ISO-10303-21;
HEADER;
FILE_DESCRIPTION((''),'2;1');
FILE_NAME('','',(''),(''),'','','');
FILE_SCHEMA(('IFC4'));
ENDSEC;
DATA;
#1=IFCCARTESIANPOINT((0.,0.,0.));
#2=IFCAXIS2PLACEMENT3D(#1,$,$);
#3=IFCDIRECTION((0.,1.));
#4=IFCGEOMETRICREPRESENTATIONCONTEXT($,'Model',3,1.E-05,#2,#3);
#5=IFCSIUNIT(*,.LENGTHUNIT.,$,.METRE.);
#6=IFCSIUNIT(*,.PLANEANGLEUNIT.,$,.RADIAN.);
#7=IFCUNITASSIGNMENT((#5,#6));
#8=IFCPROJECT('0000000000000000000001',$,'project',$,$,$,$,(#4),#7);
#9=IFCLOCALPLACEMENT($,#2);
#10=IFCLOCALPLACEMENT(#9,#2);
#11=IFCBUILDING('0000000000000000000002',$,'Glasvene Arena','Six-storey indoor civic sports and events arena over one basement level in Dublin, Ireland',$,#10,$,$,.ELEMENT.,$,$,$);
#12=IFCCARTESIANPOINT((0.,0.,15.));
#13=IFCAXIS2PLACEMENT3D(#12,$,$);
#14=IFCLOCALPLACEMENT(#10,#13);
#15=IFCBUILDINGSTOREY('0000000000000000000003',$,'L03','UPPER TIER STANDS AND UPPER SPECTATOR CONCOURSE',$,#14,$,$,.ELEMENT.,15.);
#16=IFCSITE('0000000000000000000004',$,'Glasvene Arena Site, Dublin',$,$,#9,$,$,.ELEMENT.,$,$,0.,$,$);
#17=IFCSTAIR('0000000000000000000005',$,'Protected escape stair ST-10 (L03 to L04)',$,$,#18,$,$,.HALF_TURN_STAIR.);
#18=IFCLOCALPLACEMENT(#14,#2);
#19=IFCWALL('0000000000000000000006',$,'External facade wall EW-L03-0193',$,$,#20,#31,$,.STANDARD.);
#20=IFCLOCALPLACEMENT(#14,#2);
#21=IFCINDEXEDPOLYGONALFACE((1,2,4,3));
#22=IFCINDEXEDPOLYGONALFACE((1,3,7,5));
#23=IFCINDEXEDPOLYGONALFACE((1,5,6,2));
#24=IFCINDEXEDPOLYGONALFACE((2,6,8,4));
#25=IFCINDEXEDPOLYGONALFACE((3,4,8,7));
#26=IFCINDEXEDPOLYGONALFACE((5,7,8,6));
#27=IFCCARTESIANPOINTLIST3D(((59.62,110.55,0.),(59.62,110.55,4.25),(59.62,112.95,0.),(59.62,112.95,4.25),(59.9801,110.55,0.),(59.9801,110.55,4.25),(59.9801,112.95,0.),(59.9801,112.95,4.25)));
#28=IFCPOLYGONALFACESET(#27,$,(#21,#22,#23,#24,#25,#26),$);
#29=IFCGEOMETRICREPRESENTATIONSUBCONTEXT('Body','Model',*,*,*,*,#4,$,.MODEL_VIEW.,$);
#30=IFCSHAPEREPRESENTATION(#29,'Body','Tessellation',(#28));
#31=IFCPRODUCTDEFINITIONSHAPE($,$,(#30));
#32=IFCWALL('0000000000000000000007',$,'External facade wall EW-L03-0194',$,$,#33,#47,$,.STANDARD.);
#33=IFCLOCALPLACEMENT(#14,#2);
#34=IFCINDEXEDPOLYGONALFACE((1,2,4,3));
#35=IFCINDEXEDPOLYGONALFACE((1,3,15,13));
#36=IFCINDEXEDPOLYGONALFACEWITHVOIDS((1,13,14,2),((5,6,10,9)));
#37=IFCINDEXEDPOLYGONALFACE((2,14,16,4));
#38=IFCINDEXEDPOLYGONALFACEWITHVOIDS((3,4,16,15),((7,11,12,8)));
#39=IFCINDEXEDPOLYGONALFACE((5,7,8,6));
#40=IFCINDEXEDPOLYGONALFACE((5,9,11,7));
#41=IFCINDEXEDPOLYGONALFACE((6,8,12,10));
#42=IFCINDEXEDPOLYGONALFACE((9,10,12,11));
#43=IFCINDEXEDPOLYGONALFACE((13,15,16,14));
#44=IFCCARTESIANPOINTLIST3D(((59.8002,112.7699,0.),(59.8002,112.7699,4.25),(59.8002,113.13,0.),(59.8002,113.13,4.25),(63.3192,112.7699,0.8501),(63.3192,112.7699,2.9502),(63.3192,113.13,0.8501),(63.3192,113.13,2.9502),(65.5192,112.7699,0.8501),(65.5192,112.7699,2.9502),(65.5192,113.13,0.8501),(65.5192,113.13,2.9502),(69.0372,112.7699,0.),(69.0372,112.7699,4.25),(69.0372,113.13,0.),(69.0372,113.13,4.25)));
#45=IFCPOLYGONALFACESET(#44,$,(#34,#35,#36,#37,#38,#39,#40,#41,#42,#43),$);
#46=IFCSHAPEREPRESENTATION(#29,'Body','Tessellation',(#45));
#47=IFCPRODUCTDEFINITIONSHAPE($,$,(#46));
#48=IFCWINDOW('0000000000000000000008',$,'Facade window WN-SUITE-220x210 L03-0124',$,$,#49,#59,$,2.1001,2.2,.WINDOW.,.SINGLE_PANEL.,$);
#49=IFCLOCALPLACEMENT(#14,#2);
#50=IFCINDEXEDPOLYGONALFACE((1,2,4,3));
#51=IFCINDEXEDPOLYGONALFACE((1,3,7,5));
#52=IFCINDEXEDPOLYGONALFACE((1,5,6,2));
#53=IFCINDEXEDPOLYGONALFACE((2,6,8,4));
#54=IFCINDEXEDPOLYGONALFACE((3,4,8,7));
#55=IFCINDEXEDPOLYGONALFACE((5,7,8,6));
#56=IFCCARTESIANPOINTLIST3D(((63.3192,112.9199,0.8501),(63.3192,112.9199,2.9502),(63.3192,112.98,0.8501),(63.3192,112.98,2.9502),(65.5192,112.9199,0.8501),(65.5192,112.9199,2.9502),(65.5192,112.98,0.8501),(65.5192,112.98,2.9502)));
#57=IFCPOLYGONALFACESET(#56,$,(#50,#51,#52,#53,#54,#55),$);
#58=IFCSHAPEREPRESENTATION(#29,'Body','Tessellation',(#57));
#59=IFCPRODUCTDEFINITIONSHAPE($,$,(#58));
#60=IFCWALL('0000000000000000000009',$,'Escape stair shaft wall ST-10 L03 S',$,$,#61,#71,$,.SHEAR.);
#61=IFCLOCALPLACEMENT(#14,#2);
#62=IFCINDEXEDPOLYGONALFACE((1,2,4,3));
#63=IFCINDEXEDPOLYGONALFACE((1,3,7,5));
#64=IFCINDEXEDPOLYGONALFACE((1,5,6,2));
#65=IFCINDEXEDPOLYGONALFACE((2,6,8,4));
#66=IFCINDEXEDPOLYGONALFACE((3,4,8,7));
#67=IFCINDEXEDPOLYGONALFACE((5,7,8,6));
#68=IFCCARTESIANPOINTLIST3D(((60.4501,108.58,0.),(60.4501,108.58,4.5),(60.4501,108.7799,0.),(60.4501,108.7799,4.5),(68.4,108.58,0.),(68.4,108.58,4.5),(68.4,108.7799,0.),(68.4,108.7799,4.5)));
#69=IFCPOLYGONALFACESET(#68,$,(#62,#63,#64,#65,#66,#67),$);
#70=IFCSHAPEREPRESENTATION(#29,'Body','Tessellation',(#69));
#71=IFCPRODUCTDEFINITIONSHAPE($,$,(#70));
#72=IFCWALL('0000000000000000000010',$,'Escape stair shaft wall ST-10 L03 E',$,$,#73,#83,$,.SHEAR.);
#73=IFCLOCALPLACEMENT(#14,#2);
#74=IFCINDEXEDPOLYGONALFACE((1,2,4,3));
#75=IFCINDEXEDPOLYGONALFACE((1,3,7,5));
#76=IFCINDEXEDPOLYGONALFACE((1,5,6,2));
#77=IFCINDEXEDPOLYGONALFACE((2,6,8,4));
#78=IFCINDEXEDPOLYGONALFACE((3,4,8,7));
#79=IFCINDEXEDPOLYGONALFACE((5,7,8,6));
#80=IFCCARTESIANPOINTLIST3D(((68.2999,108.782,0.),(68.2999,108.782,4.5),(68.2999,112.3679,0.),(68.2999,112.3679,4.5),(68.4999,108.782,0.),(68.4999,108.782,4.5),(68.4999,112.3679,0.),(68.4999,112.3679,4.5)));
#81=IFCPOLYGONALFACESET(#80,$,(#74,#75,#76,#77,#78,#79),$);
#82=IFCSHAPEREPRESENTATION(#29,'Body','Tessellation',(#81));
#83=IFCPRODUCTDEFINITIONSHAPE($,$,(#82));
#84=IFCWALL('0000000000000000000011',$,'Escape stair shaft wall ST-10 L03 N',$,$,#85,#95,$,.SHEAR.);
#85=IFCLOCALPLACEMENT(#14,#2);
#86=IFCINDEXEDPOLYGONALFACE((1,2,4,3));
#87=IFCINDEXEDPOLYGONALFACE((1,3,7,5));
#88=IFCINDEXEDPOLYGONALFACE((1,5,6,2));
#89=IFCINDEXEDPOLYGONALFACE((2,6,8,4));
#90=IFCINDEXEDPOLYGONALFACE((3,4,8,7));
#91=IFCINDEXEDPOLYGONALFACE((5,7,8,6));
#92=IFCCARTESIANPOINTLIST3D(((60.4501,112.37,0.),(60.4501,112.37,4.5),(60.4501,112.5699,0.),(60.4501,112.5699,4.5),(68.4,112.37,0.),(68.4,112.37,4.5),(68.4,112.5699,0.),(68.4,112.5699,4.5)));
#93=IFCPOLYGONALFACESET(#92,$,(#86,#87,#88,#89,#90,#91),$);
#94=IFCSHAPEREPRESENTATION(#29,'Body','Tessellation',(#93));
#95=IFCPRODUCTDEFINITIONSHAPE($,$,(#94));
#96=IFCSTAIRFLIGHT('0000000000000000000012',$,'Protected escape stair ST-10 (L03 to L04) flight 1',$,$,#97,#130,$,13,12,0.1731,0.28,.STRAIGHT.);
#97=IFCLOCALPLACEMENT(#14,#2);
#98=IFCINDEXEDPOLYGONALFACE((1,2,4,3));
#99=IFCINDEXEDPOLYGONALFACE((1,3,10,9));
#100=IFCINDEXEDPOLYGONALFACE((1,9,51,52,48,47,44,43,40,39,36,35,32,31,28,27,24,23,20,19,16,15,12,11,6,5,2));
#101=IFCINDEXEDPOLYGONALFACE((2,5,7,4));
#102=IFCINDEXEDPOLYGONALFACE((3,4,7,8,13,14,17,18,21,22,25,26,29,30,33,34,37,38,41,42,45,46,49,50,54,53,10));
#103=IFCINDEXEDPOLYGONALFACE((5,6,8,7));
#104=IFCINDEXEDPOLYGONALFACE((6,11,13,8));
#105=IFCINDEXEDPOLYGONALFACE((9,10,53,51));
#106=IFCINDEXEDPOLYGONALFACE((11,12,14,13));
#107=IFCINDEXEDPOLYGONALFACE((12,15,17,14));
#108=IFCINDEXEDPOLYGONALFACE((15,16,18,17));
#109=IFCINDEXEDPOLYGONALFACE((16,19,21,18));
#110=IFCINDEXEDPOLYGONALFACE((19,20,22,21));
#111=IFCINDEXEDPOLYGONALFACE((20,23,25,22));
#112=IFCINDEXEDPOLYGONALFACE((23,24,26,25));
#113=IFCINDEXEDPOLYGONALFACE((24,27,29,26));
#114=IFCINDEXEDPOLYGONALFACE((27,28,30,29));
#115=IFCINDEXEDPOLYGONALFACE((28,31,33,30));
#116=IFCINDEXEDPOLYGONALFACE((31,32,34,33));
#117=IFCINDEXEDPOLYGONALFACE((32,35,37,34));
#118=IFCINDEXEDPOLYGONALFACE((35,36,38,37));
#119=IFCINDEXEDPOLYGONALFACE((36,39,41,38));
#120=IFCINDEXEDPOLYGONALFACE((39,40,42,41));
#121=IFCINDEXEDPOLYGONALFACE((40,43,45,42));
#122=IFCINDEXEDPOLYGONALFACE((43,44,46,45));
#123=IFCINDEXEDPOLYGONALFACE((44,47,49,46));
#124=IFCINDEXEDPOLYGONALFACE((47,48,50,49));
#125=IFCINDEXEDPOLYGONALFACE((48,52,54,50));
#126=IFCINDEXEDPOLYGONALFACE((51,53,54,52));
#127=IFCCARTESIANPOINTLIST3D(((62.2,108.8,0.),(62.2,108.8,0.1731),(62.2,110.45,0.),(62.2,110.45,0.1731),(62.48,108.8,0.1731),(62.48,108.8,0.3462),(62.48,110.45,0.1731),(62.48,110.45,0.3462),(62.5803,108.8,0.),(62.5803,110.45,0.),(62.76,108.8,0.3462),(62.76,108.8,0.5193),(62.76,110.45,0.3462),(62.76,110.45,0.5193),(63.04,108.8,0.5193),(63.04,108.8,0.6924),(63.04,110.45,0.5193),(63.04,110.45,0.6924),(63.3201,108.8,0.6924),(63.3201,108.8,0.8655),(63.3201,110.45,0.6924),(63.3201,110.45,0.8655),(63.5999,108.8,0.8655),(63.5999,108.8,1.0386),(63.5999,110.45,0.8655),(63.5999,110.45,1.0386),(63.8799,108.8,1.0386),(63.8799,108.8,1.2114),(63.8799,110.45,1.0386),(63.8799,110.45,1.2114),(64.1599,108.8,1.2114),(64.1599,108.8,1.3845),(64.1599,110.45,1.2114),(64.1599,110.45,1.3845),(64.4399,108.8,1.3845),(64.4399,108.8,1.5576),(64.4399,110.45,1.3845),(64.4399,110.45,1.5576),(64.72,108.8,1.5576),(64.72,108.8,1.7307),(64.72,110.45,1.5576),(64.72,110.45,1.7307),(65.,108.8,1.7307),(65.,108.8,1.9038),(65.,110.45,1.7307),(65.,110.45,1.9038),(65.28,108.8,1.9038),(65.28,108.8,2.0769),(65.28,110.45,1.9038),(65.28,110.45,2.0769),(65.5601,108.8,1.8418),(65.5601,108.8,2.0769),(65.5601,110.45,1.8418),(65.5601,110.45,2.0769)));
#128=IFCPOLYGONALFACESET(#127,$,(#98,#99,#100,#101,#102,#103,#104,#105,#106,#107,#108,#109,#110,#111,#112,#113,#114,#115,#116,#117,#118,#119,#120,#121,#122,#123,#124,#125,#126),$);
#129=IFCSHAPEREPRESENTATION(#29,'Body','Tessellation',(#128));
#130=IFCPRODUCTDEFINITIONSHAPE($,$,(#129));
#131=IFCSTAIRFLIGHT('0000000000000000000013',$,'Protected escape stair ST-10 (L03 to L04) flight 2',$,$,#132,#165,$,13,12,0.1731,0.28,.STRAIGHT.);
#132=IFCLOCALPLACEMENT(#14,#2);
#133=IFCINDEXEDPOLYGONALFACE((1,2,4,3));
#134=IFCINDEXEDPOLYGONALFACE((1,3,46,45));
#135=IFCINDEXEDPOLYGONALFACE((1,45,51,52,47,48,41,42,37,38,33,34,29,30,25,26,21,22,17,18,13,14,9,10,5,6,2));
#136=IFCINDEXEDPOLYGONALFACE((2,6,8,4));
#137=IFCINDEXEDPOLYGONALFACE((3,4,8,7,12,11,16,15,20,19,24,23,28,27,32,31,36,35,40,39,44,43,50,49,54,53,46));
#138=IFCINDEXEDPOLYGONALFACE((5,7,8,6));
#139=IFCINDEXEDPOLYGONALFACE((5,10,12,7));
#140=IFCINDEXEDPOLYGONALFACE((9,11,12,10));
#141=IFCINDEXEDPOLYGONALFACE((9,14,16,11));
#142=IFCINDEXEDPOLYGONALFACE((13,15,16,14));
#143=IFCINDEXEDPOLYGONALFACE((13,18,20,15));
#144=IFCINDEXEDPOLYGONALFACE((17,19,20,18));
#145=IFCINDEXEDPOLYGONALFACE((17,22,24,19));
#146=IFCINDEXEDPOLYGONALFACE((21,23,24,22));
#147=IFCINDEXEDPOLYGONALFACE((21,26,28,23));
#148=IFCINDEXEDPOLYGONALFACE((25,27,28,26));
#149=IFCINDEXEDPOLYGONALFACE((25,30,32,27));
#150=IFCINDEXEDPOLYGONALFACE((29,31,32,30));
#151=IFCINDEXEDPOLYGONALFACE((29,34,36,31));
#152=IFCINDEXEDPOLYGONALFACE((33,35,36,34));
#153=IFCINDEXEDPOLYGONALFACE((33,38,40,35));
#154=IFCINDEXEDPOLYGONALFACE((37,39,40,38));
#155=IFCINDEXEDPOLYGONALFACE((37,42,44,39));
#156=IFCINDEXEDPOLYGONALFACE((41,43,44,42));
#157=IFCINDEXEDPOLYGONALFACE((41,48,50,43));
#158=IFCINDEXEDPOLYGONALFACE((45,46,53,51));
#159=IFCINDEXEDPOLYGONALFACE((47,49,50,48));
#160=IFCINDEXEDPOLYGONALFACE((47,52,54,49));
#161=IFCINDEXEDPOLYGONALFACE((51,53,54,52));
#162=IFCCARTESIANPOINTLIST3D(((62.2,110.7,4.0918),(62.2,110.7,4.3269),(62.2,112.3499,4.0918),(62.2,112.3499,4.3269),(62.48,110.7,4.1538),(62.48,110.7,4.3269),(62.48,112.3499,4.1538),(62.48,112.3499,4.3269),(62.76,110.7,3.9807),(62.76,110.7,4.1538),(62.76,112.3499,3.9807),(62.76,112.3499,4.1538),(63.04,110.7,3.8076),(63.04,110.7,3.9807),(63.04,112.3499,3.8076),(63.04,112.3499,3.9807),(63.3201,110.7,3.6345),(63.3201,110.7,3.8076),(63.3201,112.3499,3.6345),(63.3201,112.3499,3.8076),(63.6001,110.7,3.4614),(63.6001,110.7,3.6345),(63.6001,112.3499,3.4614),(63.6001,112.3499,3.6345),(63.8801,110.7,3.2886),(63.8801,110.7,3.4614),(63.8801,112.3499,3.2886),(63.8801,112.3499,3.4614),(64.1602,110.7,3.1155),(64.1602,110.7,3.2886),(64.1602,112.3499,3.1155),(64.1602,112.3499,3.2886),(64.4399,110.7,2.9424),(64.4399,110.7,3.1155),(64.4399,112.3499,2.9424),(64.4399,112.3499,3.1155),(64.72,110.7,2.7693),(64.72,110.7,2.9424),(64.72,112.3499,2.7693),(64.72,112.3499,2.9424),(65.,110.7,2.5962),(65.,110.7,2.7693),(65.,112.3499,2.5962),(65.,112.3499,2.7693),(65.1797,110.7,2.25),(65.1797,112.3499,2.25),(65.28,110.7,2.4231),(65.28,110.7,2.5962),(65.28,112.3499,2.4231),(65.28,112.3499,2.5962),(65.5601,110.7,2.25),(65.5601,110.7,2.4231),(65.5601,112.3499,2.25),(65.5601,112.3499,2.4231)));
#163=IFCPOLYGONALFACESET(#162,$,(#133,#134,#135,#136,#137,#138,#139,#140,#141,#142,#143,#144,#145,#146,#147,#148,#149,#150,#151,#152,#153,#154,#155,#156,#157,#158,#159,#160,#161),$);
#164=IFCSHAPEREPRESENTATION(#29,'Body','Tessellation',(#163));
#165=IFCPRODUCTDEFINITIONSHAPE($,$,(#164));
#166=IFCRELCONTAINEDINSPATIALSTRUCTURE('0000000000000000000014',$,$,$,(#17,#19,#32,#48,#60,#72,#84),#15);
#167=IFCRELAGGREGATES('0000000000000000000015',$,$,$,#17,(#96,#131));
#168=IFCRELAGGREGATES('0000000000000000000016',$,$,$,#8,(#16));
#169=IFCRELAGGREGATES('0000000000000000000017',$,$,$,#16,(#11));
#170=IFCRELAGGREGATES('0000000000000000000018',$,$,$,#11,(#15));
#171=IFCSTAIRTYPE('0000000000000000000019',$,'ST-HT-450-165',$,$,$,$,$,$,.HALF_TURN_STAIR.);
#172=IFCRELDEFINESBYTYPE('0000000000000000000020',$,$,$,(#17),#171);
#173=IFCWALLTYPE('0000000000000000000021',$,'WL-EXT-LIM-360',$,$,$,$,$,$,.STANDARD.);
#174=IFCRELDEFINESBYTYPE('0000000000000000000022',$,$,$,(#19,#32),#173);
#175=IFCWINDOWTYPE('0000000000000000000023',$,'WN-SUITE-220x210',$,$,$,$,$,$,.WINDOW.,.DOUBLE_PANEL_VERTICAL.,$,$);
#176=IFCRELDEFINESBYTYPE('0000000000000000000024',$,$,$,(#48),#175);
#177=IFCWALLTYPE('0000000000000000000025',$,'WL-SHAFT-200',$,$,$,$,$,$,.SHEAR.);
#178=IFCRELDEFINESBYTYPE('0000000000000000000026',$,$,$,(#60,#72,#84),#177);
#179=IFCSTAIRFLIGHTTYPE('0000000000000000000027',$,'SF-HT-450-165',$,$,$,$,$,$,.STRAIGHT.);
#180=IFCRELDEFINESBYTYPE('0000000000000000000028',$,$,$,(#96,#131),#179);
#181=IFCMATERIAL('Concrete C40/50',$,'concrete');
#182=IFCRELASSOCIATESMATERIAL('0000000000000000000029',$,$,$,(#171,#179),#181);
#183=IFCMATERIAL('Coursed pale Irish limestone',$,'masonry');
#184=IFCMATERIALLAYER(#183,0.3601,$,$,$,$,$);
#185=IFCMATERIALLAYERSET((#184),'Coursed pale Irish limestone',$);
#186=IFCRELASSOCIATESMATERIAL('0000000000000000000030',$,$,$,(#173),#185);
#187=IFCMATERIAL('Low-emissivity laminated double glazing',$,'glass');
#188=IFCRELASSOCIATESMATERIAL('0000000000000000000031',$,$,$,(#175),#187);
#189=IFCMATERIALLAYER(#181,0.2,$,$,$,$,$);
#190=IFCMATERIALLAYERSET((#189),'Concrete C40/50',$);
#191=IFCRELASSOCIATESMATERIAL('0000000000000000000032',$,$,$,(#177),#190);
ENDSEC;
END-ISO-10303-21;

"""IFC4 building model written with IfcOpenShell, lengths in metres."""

from ifc_helpers import new_model, si_unit, direction, frame, frame_2d, origin, place, context, subcontext, project, spatial, polyline, rectangle, outline, extrude, material, layer, layer_set, type_object, element, fill, aggregate, save


model = new_model("IFC4")

# Units and contexts
model_context = context("Model", 3, precision=1e-05, world=origin(), true_north=direction((0.0, 1.0)))
body_context = subcontext(model_context, "Body", "Model", "MODEL_VIEW")
ifc_project = project(units=[si_unit("LENGTHUNIT", "METRE"), si_unit("PLANEANGLEUNIT", "RADIAN")], contexts=[model_context])

# Site, building, storey
site_placement = place(None, origin())
site = spatial("IfcSite", under=ifc_project, at=site_placement, Name="Glasvene Arena Site, Dublin", CompositionType="ELEMENT", RefElevation=0.0)
building_placement = place(site_placement, origin())
building = spatial("IfcBuilding", under=site, at=building_placement, Name="Glasvene Arena", Description="Six-storey indoor civic sports and events arena over one basement level in Dublin, Ireland", CompositionType="ELEMENT")
storey_placement = place(building_placement, frame((0.0, 0.0, 15.0)))
storey = spatial("IfcBuildingStorey", under=building, at=storey_placement, Name="L03", Description="UPPER TIER STANDS AND UPPER SPECTATOR CONCOURSE", CompositionType="ELEMENT", Elevation=15.0)

# Shared definitions
ifc_material_1 = material(Name="Low-emissivity laminated double glazing", Category="glass")

# Stair
ifc_material_2 = material(Name="Concrete C40/50", Category="concrete")
stair_type = type_object("IfcStairType", Name="ST-HT-450-165", PredefinedType="HALF_TURN_STAIR", material=ifc_material_2)
stair_placement = place(storey_placement, origin())
stair = element("IfcStair", 1, at=stair_placement, inside=storey, type_object=stair_type, Name="Protected escape stair ST-10 (L03 to L04)", PredefinedType="HALF_TURN_STAIR")

# Wall
ifc_material_3 = material(Name="Coursed pale Irish limestone", Category="masonry")
ifc_layer_1 = layer(ifc_material_3, 0.3601)
ifc_layer_set_1 = layer_set([ifc_layer_1], Name="Coursed pale Irish limestone")
wall_type_1 = type_object("IfcWallType", Name="WL-EXT-LIM-360", PredefinedType="STANDARD", material=ifc_layer_set_1)
wall_1_placement = place(storey_placement, frame((59.8, 110.55, 0.0), z_axis=(0.0, 0.0, 1.0), x_axis=(0.0, 1.0, 0.0)))
element("IfcWall", 2, at=wall_1_placement, inside=storey, type_object=wall_type_1, Name="External facade wall EW-L03-0193", PredefinedType="STANDARD", context=body_context, shape_type="SweptSolid", body=[
    extrude(rectangle(XDim=2.3999, YDim=0.3601, at=frame_2d((1.2, 0.0))), origin(), (0.0, 0.0, 1.0), 4.25),
])

# Wall, opening, window
wall_2_placement = place(storey_placement, frame((59.8, 112.95, 0.0), z_axis=(0.0, 0.0, 1.0), x_axis=(1.0, 0.0, 0.0)))
wall_2 = element("IfcWall", 3, at=wall_2_placement, inside=storey, type_object=wall_type_1, Name="External facade wall EW-L03-0194", PredefinedType="STANDARD", context=body_context, shape_type="SweptSolid", body=[
    extrude(rectangle(XDim=9.2371, YDim=0.3601, at=frame_2d((4.6187, 0.0))), origin(), (0.0, 0.0, 1.0), 4.25),
])
opening_1_placement = place(wall_2_placement, frame((3.519, 0.0, 0.8501)))
opening_1 = element("IfcOpeningElement", 4, at=opening_1_placement, cuts=wall_2, PredefinedType="OPENING", context=body_context, shape_type="SweptSolid", body=[
    extrude(rectangle(XDim=2.2, YDim=2.1001, at=frame_2d((1.1001, 1.05))), frame((0.0, 0.1899, 0.0), z_axis=(0.0, -1.0, 0.0), x_axis=(1.0, 0.0, 0.0)), (0.0, 0.0, 1.0), 0.3801),
])
window_type = type_object("IfcWindowType", Name="WN-SUITE-220x210", PartitioningType="DOUBLE_PANEL_VERTICAL", PredefinedType="WINDOW", material=ifc_material_1)
window_placement = place(opening_1_placement, origin())
window = element("IfcWindow", 5, at=window_placement, inside=storey, type_object=window_type, Name="Facade window WN-SUITE-220x210 L03-0124", OverallHeight=2.1001, OverallWidth=2.2, PartitioningType="SINGLE_PANEL", PredefinedType="WINDOW", context=body_context, shape_type="SweptSolid", body=[
    extrude(rectangle(XDim=2.2, YDim=2.1001, at=frame_2d((1.1001, 1.05))), frame((0.0, 0.03, 0.0), z_axis=(0.0, -1.0, 0.0), x_axis=(1.0, 0.0, 0.0)), (0.0, 0.0, 1.0), 0.0601),
])
fill(opening_1, window)

# Wall
ifc_layer_2 = layer(ifc_material_2, 0.2)
ifc_layer_set_2 = layer_set([ifc_layer_2], Name="Concrete C40/50")
wall_type_2 = type_object("IfcWallType", Name="WL-SHAFT-200", PredefinedType="SHEAR", material=ifc_layer_set_2)
wall_3_placement = place(storey_placement, frame((60.45, 108.6799, 0.0), z_axis=(0.0, 0.0, 1.0), x_axis=(1.0, 0.0, 0.0)))
element("IfcWall", 6, at=wall_3_placement, inside=storey, type_object=wall_type_2, Name="Escape stair shaft wall ST-10 L03 S", PredefinedType="SHEAR", context=body_context, shape_type="SweptSolid", body=[
    extrude(rectangle(XDim=7.95, YDim=0.2, at=frame_2d((3.9751, 0.0))), origin(), (0.0, 0.0, 1.0), 4.5),
])

# Walls
wall_4_placement = place(storey_placement, frame((68.3999, 108.782, 0.0), z_axis=(0.0, 0.0, 1.0), x_axis=(0.0, 1.0, 0.0)))
element("IfcWall", 7, at=wall_4_placement, inside=storey, type_object=wall_type_2, Name="Escape stair shaft wall ST-10 L03 E", PredefinedType="SHEAR", context=body_context, shape_type="SweptSolid", body=[
    extrude(rectangle(XDim=3.5859, YDim=0.2, at=frame_2d((1.793, 0.0))), origin(), (0.0, 0.0, 1.0), 4.5),
])
wall_5_placement = place(storey_placement, frame((60.45, 112.47, 0.0), z_axis=(0.0, 0.0, 1.0), x_axis=(1.0, 0.0, 0.0)))
element("IfcWall", 8, at=wall_5_placement, inside=storey, type_object=wall_type_2, Name="Escape stair shaft wall ST-10 L03 N", PredefinedType="SHEAR", context=body_context, shape_type="SweptSolid", body=[
    extrude(rectangle(XDim=7.95, YDim=0.2, at=frame_2d((3.9751, 0.0))), origin(), (0.0, 0.0, 1.0), 4.5),
])

# Stair flights
stair_flight_type = type_object("IfcStairFlightType", Name="SF-HT-450-165", PredefinedType="STRAIGHT", material=ifc_material_2)
stair_flight_1_placement = place(storey_placement, frame((62.2, 109.625, 0.0), z_axis=(0.0, 0.0, 1.0), x_axis=(1.0, 0.0, 0.0)))
stair_flight_1 = element("IfcStairFlight", 9, at=stair_flight_1_placement, type_object=stair_flight_type, Name="Protected escape stair ST-10 (L03 to L04) flight 1", NumberOfRisers=13, NumberOfTreads=12, PredefinedType="STRAIGHT", RiserHeight=0.1731, TreadLength=0.28, context=body_context, shape_type="SweptSolid", body=[
    extrude(outline(polyline([(0.0, 0.0), (0.0, 0.1731), (0.28, 0.1731), (0.28, 0.3462), (0.5601, 0.3462), (0.5601, 0.5193), (0.8401, 0.5193), (0.8401, 0.6924), (1.1201, 0.6924), (1.1201, 0.8655), (1.3999, 0.8655), (1.3999, 1.0386), (1.6799, 1.0386), (1.6799, 1.2114), (1.96, 1.2114), (1.96, 1.3845), (2.24, 1.3845), (2.24, 1.5576), (2.52, 1.5576), (2.52, 1.7307), (2.8, 1.7307), (2.8, 1.9038), (3.0801, 1.9038), (3.0801, 2.0769), (3.3601, 2.0769), (3.3601, 2.25), (3.3601, 1.8418), (0.3804, 0.0), (0.0, 0.0)])), frame((0.0, 0.825, 0.0), z_axis=(0.0, -1.0, 0.0), x_axis=(1.0, 0.0, 0.0)), (0.0, 0.0, 1.0), 1.6499),
])
stair_flight_2_placement = place(storey_placement, frame((65.5601, 111.5249, 2.25), z_axis=(0.0, 0.0, 1.0), x_axis=(-1.0, 0.0, 0.0)))
stair_flight_2 = element("IfcStairFlight", 10, at=stair_flight_2_placement, type_object=stair_flight_type, Name="Protected escape stair ST-10 (L03 to L04) flight 2", NumberOfRisers=13, NumberOfTreads=12, PredefinedType="STRAIGHT", RiserHeight=0.1731, TreadLength=0.28, context=body_context, shape_type="SweptSolid", body=[
    extrude(outline(polyline([(0.0, 0.0), (0.0, 0.1731), (0.28, 0.1731), (0.28, 0.3462), (0.5601, 0.3462), (0.5601, 0.5193), (0.8401, 0.5193), (0.8401, 0.6924), (1.1201, 0.6924), (1.1201, 0.8655), (1.3999, 0.8655), (1.3999, 1.0386), (1.6799, 1.0386), (1.6799, 1.2114), (1.96, 1.2114), (1.96, 1.3845), (2.24, 1.3845), (2.24, 1.5576), (2.52, 1.5576), (2.52, 1.7307), (2.8, 1.7307), (2.8, 1.9038), (3.0801, 1.9038), (3.0801, 2.0769), (3.3601, 2.0769), (3.3601, 2.25), (3.3601, 1.8418), (0.3804, 0.0), (0.0, 0.0)])), frame((0.0, 0.825, 0.0), z_axis=(0.0, -1.0, 0.0), x_axis=(1.0, 0.0, 0.0)), (0.0, 0.0, 1.0), 1.6499),
])
aggregate(stair, [stair_flight_1, stair_flight_2])

save(model, "model.ifc")
